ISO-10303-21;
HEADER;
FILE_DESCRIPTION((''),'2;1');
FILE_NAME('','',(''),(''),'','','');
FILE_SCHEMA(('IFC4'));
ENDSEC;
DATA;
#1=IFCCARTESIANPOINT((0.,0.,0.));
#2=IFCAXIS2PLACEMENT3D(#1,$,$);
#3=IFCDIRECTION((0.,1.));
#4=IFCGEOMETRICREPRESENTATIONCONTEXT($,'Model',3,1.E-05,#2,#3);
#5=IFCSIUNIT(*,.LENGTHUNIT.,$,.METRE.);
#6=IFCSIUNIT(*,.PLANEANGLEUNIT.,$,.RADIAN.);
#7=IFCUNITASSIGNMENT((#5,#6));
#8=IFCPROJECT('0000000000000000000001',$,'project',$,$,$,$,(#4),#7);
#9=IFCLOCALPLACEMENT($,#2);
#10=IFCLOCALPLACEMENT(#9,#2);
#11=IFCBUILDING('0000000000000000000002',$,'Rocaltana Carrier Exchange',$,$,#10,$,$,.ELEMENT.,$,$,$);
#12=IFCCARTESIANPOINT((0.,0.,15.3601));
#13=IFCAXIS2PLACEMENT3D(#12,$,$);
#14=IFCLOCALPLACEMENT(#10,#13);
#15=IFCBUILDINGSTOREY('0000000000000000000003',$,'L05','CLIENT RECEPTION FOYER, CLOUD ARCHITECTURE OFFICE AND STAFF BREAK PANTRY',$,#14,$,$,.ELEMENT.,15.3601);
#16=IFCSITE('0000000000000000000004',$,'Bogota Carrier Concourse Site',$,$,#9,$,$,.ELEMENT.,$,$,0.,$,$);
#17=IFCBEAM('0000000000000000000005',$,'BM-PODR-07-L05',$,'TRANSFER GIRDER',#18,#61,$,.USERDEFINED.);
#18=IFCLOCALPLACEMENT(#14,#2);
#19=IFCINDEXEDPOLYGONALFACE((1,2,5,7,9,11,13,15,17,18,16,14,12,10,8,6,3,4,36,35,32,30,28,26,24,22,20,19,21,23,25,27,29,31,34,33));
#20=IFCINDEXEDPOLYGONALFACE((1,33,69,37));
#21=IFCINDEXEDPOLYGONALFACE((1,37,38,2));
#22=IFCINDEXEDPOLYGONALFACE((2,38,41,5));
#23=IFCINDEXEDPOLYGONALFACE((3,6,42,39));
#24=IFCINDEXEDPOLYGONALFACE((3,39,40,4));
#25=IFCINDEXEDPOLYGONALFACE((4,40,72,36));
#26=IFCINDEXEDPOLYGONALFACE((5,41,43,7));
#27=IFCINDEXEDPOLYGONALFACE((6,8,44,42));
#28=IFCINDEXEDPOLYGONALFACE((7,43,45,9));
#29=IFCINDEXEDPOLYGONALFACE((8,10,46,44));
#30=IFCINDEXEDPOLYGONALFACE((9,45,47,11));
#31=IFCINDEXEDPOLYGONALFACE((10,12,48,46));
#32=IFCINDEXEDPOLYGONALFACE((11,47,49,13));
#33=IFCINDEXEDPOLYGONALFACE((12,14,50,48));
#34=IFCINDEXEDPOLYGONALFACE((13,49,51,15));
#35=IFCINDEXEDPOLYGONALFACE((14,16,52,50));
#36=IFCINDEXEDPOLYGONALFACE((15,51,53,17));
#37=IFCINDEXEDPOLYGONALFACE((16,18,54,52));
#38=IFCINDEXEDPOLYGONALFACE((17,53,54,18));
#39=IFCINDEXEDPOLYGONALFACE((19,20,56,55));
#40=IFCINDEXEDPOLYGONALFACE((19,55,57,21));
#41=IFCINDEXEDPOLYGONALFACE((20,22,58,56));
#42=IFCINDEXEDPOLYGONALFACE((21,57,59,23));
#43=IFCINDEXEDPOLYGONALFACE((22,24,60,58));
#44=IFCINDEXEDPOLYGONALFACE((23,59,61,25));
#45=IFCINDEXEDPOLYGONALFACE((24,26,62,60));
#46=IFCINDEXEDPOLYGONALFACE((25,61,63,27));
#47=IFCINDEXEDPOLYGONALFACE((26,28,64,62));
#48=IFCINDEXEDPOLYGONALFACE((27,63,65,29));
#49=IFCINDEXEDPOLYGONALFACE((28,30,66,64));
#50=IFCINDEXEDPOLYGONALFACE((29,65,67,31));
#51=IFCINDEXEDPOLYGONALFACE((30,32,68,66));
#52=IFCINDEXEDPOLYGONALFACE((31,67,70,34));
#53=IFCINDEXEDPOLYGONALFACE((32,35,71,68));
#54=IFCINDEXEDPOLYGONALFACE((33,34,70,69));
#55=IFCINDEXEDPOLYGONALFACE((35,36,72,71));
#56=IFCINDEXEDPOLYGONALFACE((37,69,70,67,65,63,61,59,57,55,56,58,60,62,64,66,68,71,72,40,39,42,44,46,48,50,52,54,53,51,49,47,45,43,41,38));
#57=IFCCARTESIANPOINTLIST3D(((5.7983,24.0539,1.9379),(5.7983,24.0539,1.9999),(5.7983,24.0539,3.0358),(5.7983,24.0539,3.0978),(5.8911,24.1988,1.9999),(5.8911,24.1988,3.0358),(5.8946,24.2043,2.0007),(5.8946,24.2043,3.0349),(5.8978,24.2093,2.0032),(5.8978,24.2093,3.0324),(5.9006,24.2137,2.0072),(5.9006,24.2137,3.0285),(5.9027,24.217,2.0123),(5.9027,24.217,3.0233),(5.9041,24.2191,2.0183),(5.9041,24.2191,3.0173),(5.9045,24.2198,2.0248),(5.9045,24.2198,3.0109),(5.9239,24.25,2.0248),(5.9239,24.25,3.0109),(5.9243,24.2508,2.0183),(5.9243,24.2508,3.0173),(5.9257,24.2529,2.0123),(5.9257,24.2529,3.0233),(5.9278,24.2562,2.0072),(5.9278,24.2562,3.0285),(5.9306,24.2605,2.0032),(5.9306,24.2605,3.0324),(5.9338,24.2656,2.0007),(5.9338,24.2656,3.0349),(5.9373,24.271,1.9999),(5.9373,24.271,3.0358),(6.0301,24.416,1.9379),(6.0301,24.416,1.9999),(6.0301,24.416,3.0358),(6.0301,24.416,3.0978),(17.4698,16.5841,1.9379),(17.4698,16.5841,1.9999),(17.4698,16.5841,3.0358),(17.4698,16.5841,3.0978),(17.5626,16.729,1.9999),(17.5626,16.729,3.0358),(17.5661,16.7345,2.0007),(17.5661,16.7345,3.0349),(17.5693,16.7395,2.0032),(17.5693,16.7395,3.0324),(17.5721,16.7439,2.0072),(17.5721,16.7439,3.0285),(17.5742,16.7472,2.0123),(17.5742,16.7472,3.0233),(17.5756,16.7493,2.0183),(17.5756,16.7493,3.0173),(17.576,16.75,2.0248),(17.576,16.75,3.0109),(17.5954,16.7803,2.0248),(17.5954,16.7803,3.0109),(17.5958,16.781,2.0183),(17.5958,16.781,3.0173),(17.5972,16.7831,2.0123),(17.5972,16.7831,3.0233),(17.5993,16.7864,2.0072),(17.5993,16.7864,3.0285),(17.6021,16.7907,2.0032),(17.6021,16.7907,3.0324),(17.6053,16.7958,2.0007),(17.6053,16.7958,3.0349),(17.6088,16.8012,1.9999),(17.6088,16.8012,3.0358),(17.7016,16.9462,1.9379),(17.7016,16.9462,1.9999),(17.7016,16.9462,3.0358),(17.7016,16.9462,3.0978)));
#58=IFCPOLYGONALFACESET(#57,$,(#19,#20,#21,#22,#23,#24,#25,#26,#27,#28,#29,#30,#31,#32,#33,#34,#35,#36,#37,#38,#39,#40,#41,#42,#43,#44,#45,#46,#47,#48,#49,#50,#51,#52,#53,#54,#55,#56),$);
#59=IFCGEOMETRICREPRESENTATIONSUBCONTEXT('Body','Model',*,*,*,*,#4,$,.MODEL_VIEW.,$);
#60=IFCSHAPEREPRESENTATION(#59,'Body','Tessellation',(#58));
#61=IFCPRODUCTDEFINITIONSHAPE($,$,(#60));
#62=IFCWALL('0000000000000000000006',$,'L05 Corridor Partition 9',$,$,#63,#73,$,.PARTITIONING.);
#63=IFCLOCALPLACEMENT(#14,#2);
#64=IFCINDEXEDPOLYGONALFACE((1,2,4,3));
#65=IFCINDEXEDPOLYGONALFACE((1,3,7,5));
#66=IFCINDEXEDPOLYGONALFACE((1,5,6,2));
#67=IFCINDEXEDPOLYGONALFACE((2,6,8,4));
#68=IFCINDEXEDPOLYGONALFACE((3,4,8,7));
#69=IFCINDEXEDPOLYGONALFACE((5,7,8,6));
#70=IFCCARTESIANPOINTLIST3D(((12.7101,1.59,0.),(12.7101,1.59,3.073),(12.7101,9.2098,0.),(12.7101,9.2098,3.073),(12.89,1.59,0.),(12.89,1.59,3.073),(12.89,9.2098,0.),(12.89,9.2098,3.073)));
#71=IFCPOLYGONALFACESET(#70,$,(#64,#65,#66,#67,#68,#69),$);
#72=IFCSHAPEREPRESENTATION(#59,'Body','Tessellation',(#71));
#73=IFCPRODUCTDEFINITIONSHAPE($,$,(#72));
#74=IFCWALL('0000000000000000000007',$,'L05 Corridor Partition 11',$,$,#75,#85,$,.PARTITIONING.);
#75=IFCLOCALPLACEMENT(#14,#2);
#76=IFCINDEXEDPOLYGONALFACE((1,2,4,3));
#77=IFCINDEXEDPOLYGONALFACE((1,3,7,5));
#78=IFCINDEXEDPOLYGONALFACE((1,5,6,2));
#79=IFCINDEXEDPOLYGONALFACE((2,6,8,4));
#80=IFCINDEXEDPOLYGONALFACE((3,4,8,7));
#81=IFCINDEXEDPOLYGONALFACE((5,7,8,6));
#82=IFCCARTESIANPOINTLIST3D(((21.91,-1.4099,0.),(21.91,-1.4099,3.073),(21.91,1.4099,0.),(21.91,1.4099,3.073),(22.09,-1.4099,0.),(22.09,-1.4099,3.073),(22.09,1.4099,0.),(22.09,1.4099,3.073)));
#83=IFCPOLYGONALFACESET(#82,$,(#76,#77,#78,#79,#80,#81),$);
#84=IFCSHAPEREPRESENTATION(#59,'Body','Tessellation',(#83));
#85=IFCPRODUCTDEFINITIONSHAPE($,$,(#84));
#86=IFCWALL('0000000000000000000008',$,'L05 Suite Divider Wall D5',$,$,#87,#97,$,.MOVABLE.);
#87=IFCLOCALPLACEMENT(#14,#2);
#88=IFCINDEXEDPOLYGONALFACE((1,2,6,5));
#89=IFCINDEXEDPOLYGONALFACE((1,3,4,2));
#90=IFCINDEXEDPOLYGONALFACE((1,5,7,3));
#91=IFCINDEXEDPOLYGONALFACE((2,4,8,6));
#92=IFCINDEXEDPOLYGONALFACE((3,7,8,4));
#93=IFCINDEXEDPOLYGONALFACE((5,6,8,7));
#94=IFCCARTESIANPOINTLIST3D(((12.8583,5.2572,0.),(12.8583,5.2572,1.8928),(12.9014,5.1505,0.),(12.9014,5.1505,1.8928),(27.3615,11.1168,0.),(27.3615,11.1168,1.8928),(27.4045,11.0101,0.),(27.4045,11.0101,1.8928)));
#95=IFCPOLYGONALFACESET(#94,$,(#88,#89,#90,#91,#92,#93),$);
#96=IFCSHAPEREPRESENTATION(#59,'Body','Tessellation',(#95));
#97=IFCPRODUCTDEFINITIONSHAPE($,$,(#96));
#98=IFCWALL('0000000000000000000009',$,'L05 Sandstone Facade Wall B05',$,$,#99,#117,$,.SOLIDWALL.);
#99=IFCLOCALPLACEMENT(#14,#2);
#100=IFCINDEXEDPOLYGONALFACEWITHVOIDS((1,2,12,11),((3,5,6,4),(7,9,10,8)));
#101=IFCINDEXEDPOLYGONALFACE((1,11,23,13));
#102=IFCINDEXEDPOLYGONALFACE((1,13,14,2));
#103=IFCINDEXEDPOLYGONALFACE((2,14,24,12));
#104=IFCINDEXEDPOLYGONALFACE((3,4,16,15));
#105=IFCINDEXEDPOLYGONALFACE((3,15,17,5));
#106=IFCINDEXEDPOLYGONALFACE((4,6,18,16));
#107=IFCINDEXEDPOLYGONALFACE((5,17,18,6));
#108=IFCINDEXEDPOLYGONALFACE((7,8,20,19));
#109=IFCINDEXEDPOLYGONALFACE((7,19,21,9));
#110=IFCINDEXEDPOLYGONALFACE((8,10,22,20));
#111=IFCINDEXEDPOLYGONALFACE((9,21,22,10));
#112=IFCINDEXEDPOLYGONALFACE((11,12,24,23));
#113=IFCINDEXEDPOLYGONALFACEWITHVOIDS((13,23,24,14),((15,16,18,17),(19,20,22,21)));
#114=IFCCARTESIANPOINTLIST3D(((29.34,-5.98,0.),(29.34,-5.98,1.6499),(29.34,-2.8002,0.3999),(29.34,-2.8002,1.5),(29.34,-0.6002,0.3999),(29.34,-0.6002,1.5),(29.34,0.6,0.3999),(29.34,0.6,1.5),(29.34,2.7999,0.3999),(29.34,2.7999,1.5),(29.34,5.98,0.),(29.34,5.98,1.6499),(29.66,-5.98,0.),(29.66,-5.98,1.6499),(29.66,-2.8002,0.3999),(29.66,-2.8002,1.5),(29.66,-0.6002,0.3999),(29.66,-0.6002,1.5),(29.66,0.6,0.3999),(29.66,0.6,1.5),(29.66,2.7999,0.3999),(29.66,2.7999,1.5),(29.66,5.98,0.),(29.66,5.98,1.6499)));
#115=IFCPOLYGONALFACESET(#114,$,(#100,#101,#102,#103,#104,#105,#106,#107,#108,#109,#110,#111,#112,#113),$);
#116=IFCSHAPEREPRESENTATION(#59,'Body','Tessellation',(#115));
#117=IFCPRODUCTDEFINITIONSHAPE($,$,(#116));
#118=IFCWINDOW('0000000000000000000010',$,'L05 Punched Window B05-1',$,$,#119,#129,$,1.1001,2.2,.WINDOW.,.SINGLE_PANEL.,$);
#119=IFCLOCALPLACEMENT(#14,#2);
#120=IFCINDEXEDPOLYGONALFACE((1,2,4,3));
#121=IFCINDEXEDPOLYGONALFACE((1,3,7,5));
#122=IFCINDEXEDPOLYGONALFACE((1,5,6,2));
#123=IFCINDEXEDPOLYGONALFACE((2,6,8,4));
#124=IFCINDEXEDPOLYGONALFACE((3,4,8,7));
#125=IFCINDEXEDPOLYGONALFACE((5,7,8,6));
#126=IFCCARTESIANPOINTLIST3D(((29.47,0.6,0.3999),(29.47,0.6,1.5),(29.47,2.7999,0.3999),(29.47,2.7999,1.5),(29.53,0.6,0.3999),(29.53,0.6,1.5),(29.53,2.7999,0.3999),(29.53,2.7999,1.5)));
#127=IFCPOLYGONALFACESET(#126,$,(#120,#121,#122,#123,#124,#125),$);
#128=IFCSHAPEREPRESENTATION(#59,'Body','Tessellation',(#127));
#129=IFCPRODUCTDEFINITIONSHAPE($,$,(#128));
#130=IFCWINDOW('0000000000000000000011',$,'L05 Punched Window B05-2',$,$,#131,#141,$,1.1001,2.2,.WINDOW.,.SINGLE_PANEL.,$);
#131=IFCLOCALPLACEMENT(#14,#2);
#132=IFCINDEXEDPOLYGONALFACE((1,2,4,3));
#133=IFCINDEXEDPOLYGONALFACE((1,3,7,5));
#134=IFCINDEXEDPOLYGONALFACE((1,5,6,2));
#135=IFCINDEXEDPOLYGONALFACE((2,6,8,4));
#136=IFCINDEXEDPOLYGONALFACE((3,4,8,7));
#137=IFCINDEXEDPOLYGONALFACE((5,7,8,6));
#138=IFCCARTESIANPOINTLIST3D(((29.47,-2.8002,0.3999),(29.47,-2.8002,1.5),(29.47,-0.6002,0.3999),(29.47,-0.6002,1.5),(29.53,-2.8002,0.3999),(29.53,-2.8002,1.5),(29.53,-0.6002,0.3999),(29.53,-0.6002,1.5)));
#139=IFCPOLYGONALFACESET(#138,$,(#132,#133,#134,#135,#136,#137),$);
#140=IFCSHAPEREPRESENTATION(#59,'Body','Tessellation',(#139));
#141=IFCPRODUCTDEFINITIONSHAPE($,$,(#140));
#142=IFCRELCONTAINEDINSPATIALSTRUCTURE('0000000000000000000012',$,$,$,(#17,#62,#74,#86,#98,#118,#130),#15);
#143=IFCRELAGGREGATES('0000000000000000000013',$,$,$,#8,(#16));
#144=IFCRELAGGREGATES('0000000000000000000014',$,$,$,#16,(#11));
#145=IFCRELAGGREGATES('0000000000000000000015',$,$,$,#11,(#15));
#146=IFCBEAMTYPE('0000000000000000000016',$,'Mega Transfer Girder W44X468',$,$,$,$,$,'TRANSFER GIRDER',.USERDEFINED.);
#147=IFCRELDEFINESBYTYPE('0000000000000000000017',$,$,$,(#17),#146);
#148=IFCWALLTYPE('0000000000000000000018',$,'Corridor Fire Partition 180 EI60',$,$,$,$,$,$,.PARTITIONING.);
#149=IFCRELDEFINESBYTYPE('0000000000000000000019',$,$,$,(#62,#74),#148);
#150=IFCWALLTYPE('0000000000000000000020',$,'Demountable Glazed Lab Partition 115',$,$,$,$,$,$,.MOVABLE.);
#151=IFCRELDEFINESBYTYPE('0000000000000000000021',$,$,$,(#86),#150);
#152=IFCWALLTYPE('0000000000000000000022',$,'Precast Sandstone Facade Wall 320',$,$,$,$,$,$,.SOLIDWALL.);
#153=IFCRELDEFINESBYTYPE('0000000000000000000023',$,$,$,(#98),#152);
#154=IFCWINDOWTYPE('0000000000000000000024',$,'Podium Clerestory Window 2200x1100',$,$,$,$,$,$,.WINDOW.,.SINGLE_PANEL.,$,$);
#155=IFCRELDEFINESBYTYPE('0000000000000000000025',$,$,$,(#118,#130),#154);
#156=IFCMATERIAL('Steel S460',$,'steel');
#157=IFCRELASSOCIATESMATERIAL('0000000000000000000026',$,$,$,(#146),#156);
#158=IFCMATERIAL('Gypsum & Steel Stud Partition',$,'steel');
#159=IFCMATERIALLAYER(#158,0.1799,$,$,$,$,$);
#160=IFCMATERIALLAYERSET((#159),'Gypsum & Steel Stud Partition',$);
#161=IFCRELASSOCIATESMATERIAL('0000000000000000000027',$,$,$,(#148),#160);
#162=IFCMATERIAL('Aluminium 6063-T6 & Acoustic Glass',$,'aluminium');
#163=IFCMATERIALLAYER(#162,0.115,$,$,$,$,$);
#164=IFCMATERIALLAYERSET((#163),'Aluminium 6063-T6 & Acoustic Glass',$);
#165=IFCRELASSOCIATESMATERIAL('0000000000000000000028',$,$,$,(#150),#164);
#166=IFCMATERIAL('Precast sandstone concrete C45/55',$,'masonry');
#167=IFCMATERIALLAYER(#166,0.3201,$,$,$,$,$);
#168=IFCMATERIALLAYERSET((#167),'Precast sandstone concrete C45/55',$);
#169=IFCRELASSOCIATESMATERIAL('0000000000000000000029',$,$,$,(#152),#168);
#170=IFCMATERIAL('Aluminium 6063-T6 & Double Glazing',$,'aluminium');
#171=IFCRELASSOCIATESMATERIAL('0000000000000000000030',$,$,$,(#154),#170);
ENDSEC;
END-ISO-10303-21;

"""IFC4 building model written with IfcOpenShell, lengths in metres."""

from ifc_helpers import new_model, si_unit, direction, frame, frame_2d, origin, origin_2d, place, context, subcontext, project, spatial, rectangle, i_section, extrude, material, layer, layer_set, material_profile, profile_set, type_object, element, fill, save


model = new_model("IFC4")

# Units and contexts
model_context = context("Model", 3, precision=1e-05, world=origin(), true_north=direction((0.0, 1.0)))
body_context = subcontext(model_context, "Body", "Model", "MODEL_VIEW")
ifc_project = project(units=[si_unit("LENGTHUNIT", "METRE"), si_unit("PLANEANGLEUNIT", "RADIAN")], contexts=[model_context])

# Site, building, storey
site_placement = place(None, origin())
site = spatial("IfcSite", under=ifc_project, at=site_placement, Name="Bogota Carrier Concourse Site", CompositionType="ELEMENT", RefElevation=0.0)
building_placement = place(site_placement, origin())
building = spatial("IfcBuilding", under=site, at=building_placement, Name="Rocaltana Carrier Exchange", CompositionType="ELEMENT")
storey_placement = place(building_placement, frame((0.0, 0.0, 15.3601)))
storey = spatial("IfcBuildingStorey", under=building, at=storey_placement, Name="L05", Description="CLIENT RECEPTION FOYER, CLOUD ARCHITECTURE OFFICE AND STAFF BREAK PANTRY", CompositionType="ELEMENT", Elevation=15.3601)

# Beam
ifc_material_1 = material(Name="Steel S460", Category="steel")
ifc_material_profile_1 = material_profile(ifc_material_1, i_section(OverallWidth=0.4299, OverallDepth=1.1599, WebThickness=0.0359, FlangeThickness=0.062, FilletRadius=0.0249, at=origin_2d()), Name="W44X468")
ifc_profile_set_1 = profile_set([ifc_material_profile_1], Name="Steel S460")
beam_type_1 = type_object("IfcBeamType", Name="Mega Transfer Girder W44X468", ElementType="TRANSFER GIRDER", PredefinedType="USERDEFINED", material=ifc_profile_set_1)
beam_1_placement = place(storey_placement, frame((17.5857, 16.7651, 2.5178), z_axis=(-0.84227, 0.539056, 0.0), x_axis=(-0.539056, -0.84227, 0.0)))
element("IfcBeam", 1, at=beam_1_placement, inside=storey, type_object=beam_type_1, Name="BM-PODR-07-L05", ObjectType="TRANSFER GIRDER", PredefinedType="USERDEFINED", context=body_context, shape_type="SweptSolid", body=[
    extrude(i_section(OverallWidth=0.4299, OverallDepth=1.1599, WebThickness=0.0359, FlangeThickness=0.062, FilletRadius=0.0249, at=origin_2d()), origin(), (0.0, 0.0, 1.0), 13.8572),
])

# Walls
ifc_material_2 = material(Name="Gypsum & Steel Stud Partition", Category="steel")
ifc_layer_1 = layer(ifc_material_2, 0.1799)
ifc_layer_set_1 = layer_set([ifc_layer_1], Name="Gypsum & Steel Stud Partition")
wall_type_1 = type_object("IfcWallType", Name="Corridor Fire Partition 180 EI60", PredefinedType="PARTITIONING", material=ifc_layer_set_1)
wall_1_placement = place(storey_placement, frame((12.8, 9.21, 0.0), z_axis=(0.0, 0.0, 1.0), x_axis=(0.0, -1.0, 0.0)))
element("IfcWall", 2, at=wall_1_placement, inside=storey, type_object=wall_type_1, Name="L05 Corridor Partition 9", PredefinedType="PARTITIONING", context=body_context, shape_type="SweptSolid", body=[
    extrude(rectangle(XDim=7.6199, YDim=0.1799, at=frame_2d((3.8101, 0.0))), origin(), (0.0, 0.0, 1.0), 3.073),
])
wall_2_placement = place(storey_placement, frame((22.0, 1.4099, 0.0), z_axis=(0.0, 0.0, 1.0), x_axis=(0.0, -1.0, 0.0)))
element("IfcWall", 3, at=wall_2_placement, inside=storey, type_object=wall_type_1, Name="L05 Corridor Partition 11", PredefinedType="PARTITIONING", context=body_context, shape_type="SweptSolid", body=[
    extrude(rectangle(XDim=2.8198, YDim=0.1799, at=frame_2d((1.4099, 0.0))), origin(), (0.0, 0.0, 1.0), 3.073),
])
ifc_material_3 = material(Name="Aluminium 6063-T6 & Acoustic Glass", Category="aluminium")
ifc_layer_2 = layer(ifc_material_3, 0.115)
ifc_layer_set_2 = layer_set([ifc_layer_2], Name="Aluminium 6063-T6 & Acoustic Glass")
wall_type_2 = type_object("IfcWallType", Name="Demountable Glazed Lab Partition 115", PredefinedType="MOVABLE", material=ifc_layer_set_2)
wall_3_placement = place(storey_placement, frame((12.8799, 5.2039, 0.0), z_axis=(0.0, 0.0, 1.0), x_axis=(0.927185, 0.374604, 0.0)))
element("IfcWall", 4, at=wall_3_placement, inside=storey, type_object=wall_type_2, Name="L05 Suite Divider Wall D5", PredefinedType="MOVABLE", context=body_context, shape_type="SweptSolid", body=[
    extrude(rectangle(XDim=15.6421, YDim=0.115, at=frame_2d((7.821, 0.0))), origin(), (0.0, 0.0, 1.0), 1.8928),
])

# Wall, openings, windows
ifc_material_4 = material(Name="Precast sandstone concrete C45/55", Category="masonry")
ifc_layer_3 = layer(ifc_material_4, 0.3201)
ifc_layer_set_3 = layer_set([ifc_layer_3], Name="Precast sandstone concrete C45/55")
wall_type_3 = type_object("IfcWallType", Name="Precast Sandstone Facade Wall 320", PredefinedType="SOLIDWALL", material=ifc_layer_set_3)
wall_4_placement = place(storey_placement, frame((29.5, 5.98, 0.0), z_axis=(0.0, 0.0, 1.0), x_axis=(0.0, -1.0, 0.0)))
wall_4 = element("IfcWall", 5, at=wall_4_placement, inside=storey, type_object=wall_type_3, Name="L05 Sandstone Facade Wall B05", PredefinedType="SOLIDWALL", context=body_context, shape_type="SweptSolid", body=[
    extrude(rectangle(XDim=11.96, YDim=0.3201, at=frame_2d((5.98, 0.0))), origin(), (0.0, 0.0, 1.0), 1.6499),
])
opening_1_placement = place(wall_4_placement, frame((3.1799, 0.0, 0.3999)))
opening_1 = element("IfcOpeningElement", 6, at=opening_1_placement, cuts=wall_4, PredefinedType="OPENING", context=body_context, shape_type="SweptSolid", body=[
    extrude(rectangle(XDim=2.2, YDim=1.1001, at=frame_2d((1.1001, 0.55))), frame((0.0, 0.1699, 0.0), z_axis=(0.0, -1.0, 0.0), x_axis=(1.0, 0.0, 0.0)), (0.0, 0.0, 1.0), 0.3401),
])
opening_2_placement = place(wall_4_placement, frame((6.5801, 0.0, 0.3999)))
opening_2 = element("IfcOpeningElement", 7, at=opening_2_placement, cuts=wall_4, PredefinedType="OPENING", context=body_context, shape_type="SweptSolid", body=[
    extrude(rectangle(XDim=2.2, YDim=1.1001, at=frame_2d((1.1001, 0.55))), frame((0.0, 0.1699, 0.0), z_axis=(0.0, -1.0, 0.0), x_axis=(1.0, 0.0, 0.0)), (0.0, 0.0, 1.0), 0.3401),
])
ifc_material_5 = material(Name="Aluminium 6063-T6 & Double Glazing", Category="aluminium")
window_type = type_object("IfcWindowType", Name="Podium Clerestory Window 2200x1100", PartitioningType="SINGLE_PANEL", PredefinedType="WINDOW", material=ifc_material_5)
window_1_placement = place(opening_1_placement, origin())
window_1 = element("IfcWindow", 8, at=window_1_placement, inside=storey, type_object=window_type, Name="L05 Punched Window B05-1", OverallHeight=1.1001, OverallWidth=2.2, PartitioningType="SINGLE_PANEL", PredefinedType="WINDOW", context=body_context, shape_type="SweptSolid", body=[
    extrude(rectangle(XDim=2.2, YDim=1.1001, at=frame_2d((1.1001, 0.55))), frame((0.0, 0.03, 0.0), z_axis=(0.0, -1.0, 0.0), x_axis=(1.0, 0.0, 0.0)), (0.0, 0.0, 1.0), 0.0601),
])
fill(opening_1, window_1)
window_2_placement = place(opening_2_placement, origin())
window_2 = element("IfcWindow", 9, at=window_2_placement, inside=storey, type_object=window_type, Name="L05 Punched Window B05-2", OverallHeight=1.1001, OverallWidth=2.2, PartitioningType="SINGLE_PANEL", PredefinedType="WINDOW", context=body_context, shape_type="SweptSolid", body=[
    extrude(rectangle(XDim=2.2, YDim=1.1001, at=frame_2d((1.1001, 0.55))), frame((0.0, 0.03, 0.0), z_axis=(0.0, -1.0, 0.0), x_axis=(1.0, 0.0, 0.0)), (0.0, 0.0, 1.0), 0.0601),
])
fill(opening_2, window_2)

save(model, "model.ifc")
